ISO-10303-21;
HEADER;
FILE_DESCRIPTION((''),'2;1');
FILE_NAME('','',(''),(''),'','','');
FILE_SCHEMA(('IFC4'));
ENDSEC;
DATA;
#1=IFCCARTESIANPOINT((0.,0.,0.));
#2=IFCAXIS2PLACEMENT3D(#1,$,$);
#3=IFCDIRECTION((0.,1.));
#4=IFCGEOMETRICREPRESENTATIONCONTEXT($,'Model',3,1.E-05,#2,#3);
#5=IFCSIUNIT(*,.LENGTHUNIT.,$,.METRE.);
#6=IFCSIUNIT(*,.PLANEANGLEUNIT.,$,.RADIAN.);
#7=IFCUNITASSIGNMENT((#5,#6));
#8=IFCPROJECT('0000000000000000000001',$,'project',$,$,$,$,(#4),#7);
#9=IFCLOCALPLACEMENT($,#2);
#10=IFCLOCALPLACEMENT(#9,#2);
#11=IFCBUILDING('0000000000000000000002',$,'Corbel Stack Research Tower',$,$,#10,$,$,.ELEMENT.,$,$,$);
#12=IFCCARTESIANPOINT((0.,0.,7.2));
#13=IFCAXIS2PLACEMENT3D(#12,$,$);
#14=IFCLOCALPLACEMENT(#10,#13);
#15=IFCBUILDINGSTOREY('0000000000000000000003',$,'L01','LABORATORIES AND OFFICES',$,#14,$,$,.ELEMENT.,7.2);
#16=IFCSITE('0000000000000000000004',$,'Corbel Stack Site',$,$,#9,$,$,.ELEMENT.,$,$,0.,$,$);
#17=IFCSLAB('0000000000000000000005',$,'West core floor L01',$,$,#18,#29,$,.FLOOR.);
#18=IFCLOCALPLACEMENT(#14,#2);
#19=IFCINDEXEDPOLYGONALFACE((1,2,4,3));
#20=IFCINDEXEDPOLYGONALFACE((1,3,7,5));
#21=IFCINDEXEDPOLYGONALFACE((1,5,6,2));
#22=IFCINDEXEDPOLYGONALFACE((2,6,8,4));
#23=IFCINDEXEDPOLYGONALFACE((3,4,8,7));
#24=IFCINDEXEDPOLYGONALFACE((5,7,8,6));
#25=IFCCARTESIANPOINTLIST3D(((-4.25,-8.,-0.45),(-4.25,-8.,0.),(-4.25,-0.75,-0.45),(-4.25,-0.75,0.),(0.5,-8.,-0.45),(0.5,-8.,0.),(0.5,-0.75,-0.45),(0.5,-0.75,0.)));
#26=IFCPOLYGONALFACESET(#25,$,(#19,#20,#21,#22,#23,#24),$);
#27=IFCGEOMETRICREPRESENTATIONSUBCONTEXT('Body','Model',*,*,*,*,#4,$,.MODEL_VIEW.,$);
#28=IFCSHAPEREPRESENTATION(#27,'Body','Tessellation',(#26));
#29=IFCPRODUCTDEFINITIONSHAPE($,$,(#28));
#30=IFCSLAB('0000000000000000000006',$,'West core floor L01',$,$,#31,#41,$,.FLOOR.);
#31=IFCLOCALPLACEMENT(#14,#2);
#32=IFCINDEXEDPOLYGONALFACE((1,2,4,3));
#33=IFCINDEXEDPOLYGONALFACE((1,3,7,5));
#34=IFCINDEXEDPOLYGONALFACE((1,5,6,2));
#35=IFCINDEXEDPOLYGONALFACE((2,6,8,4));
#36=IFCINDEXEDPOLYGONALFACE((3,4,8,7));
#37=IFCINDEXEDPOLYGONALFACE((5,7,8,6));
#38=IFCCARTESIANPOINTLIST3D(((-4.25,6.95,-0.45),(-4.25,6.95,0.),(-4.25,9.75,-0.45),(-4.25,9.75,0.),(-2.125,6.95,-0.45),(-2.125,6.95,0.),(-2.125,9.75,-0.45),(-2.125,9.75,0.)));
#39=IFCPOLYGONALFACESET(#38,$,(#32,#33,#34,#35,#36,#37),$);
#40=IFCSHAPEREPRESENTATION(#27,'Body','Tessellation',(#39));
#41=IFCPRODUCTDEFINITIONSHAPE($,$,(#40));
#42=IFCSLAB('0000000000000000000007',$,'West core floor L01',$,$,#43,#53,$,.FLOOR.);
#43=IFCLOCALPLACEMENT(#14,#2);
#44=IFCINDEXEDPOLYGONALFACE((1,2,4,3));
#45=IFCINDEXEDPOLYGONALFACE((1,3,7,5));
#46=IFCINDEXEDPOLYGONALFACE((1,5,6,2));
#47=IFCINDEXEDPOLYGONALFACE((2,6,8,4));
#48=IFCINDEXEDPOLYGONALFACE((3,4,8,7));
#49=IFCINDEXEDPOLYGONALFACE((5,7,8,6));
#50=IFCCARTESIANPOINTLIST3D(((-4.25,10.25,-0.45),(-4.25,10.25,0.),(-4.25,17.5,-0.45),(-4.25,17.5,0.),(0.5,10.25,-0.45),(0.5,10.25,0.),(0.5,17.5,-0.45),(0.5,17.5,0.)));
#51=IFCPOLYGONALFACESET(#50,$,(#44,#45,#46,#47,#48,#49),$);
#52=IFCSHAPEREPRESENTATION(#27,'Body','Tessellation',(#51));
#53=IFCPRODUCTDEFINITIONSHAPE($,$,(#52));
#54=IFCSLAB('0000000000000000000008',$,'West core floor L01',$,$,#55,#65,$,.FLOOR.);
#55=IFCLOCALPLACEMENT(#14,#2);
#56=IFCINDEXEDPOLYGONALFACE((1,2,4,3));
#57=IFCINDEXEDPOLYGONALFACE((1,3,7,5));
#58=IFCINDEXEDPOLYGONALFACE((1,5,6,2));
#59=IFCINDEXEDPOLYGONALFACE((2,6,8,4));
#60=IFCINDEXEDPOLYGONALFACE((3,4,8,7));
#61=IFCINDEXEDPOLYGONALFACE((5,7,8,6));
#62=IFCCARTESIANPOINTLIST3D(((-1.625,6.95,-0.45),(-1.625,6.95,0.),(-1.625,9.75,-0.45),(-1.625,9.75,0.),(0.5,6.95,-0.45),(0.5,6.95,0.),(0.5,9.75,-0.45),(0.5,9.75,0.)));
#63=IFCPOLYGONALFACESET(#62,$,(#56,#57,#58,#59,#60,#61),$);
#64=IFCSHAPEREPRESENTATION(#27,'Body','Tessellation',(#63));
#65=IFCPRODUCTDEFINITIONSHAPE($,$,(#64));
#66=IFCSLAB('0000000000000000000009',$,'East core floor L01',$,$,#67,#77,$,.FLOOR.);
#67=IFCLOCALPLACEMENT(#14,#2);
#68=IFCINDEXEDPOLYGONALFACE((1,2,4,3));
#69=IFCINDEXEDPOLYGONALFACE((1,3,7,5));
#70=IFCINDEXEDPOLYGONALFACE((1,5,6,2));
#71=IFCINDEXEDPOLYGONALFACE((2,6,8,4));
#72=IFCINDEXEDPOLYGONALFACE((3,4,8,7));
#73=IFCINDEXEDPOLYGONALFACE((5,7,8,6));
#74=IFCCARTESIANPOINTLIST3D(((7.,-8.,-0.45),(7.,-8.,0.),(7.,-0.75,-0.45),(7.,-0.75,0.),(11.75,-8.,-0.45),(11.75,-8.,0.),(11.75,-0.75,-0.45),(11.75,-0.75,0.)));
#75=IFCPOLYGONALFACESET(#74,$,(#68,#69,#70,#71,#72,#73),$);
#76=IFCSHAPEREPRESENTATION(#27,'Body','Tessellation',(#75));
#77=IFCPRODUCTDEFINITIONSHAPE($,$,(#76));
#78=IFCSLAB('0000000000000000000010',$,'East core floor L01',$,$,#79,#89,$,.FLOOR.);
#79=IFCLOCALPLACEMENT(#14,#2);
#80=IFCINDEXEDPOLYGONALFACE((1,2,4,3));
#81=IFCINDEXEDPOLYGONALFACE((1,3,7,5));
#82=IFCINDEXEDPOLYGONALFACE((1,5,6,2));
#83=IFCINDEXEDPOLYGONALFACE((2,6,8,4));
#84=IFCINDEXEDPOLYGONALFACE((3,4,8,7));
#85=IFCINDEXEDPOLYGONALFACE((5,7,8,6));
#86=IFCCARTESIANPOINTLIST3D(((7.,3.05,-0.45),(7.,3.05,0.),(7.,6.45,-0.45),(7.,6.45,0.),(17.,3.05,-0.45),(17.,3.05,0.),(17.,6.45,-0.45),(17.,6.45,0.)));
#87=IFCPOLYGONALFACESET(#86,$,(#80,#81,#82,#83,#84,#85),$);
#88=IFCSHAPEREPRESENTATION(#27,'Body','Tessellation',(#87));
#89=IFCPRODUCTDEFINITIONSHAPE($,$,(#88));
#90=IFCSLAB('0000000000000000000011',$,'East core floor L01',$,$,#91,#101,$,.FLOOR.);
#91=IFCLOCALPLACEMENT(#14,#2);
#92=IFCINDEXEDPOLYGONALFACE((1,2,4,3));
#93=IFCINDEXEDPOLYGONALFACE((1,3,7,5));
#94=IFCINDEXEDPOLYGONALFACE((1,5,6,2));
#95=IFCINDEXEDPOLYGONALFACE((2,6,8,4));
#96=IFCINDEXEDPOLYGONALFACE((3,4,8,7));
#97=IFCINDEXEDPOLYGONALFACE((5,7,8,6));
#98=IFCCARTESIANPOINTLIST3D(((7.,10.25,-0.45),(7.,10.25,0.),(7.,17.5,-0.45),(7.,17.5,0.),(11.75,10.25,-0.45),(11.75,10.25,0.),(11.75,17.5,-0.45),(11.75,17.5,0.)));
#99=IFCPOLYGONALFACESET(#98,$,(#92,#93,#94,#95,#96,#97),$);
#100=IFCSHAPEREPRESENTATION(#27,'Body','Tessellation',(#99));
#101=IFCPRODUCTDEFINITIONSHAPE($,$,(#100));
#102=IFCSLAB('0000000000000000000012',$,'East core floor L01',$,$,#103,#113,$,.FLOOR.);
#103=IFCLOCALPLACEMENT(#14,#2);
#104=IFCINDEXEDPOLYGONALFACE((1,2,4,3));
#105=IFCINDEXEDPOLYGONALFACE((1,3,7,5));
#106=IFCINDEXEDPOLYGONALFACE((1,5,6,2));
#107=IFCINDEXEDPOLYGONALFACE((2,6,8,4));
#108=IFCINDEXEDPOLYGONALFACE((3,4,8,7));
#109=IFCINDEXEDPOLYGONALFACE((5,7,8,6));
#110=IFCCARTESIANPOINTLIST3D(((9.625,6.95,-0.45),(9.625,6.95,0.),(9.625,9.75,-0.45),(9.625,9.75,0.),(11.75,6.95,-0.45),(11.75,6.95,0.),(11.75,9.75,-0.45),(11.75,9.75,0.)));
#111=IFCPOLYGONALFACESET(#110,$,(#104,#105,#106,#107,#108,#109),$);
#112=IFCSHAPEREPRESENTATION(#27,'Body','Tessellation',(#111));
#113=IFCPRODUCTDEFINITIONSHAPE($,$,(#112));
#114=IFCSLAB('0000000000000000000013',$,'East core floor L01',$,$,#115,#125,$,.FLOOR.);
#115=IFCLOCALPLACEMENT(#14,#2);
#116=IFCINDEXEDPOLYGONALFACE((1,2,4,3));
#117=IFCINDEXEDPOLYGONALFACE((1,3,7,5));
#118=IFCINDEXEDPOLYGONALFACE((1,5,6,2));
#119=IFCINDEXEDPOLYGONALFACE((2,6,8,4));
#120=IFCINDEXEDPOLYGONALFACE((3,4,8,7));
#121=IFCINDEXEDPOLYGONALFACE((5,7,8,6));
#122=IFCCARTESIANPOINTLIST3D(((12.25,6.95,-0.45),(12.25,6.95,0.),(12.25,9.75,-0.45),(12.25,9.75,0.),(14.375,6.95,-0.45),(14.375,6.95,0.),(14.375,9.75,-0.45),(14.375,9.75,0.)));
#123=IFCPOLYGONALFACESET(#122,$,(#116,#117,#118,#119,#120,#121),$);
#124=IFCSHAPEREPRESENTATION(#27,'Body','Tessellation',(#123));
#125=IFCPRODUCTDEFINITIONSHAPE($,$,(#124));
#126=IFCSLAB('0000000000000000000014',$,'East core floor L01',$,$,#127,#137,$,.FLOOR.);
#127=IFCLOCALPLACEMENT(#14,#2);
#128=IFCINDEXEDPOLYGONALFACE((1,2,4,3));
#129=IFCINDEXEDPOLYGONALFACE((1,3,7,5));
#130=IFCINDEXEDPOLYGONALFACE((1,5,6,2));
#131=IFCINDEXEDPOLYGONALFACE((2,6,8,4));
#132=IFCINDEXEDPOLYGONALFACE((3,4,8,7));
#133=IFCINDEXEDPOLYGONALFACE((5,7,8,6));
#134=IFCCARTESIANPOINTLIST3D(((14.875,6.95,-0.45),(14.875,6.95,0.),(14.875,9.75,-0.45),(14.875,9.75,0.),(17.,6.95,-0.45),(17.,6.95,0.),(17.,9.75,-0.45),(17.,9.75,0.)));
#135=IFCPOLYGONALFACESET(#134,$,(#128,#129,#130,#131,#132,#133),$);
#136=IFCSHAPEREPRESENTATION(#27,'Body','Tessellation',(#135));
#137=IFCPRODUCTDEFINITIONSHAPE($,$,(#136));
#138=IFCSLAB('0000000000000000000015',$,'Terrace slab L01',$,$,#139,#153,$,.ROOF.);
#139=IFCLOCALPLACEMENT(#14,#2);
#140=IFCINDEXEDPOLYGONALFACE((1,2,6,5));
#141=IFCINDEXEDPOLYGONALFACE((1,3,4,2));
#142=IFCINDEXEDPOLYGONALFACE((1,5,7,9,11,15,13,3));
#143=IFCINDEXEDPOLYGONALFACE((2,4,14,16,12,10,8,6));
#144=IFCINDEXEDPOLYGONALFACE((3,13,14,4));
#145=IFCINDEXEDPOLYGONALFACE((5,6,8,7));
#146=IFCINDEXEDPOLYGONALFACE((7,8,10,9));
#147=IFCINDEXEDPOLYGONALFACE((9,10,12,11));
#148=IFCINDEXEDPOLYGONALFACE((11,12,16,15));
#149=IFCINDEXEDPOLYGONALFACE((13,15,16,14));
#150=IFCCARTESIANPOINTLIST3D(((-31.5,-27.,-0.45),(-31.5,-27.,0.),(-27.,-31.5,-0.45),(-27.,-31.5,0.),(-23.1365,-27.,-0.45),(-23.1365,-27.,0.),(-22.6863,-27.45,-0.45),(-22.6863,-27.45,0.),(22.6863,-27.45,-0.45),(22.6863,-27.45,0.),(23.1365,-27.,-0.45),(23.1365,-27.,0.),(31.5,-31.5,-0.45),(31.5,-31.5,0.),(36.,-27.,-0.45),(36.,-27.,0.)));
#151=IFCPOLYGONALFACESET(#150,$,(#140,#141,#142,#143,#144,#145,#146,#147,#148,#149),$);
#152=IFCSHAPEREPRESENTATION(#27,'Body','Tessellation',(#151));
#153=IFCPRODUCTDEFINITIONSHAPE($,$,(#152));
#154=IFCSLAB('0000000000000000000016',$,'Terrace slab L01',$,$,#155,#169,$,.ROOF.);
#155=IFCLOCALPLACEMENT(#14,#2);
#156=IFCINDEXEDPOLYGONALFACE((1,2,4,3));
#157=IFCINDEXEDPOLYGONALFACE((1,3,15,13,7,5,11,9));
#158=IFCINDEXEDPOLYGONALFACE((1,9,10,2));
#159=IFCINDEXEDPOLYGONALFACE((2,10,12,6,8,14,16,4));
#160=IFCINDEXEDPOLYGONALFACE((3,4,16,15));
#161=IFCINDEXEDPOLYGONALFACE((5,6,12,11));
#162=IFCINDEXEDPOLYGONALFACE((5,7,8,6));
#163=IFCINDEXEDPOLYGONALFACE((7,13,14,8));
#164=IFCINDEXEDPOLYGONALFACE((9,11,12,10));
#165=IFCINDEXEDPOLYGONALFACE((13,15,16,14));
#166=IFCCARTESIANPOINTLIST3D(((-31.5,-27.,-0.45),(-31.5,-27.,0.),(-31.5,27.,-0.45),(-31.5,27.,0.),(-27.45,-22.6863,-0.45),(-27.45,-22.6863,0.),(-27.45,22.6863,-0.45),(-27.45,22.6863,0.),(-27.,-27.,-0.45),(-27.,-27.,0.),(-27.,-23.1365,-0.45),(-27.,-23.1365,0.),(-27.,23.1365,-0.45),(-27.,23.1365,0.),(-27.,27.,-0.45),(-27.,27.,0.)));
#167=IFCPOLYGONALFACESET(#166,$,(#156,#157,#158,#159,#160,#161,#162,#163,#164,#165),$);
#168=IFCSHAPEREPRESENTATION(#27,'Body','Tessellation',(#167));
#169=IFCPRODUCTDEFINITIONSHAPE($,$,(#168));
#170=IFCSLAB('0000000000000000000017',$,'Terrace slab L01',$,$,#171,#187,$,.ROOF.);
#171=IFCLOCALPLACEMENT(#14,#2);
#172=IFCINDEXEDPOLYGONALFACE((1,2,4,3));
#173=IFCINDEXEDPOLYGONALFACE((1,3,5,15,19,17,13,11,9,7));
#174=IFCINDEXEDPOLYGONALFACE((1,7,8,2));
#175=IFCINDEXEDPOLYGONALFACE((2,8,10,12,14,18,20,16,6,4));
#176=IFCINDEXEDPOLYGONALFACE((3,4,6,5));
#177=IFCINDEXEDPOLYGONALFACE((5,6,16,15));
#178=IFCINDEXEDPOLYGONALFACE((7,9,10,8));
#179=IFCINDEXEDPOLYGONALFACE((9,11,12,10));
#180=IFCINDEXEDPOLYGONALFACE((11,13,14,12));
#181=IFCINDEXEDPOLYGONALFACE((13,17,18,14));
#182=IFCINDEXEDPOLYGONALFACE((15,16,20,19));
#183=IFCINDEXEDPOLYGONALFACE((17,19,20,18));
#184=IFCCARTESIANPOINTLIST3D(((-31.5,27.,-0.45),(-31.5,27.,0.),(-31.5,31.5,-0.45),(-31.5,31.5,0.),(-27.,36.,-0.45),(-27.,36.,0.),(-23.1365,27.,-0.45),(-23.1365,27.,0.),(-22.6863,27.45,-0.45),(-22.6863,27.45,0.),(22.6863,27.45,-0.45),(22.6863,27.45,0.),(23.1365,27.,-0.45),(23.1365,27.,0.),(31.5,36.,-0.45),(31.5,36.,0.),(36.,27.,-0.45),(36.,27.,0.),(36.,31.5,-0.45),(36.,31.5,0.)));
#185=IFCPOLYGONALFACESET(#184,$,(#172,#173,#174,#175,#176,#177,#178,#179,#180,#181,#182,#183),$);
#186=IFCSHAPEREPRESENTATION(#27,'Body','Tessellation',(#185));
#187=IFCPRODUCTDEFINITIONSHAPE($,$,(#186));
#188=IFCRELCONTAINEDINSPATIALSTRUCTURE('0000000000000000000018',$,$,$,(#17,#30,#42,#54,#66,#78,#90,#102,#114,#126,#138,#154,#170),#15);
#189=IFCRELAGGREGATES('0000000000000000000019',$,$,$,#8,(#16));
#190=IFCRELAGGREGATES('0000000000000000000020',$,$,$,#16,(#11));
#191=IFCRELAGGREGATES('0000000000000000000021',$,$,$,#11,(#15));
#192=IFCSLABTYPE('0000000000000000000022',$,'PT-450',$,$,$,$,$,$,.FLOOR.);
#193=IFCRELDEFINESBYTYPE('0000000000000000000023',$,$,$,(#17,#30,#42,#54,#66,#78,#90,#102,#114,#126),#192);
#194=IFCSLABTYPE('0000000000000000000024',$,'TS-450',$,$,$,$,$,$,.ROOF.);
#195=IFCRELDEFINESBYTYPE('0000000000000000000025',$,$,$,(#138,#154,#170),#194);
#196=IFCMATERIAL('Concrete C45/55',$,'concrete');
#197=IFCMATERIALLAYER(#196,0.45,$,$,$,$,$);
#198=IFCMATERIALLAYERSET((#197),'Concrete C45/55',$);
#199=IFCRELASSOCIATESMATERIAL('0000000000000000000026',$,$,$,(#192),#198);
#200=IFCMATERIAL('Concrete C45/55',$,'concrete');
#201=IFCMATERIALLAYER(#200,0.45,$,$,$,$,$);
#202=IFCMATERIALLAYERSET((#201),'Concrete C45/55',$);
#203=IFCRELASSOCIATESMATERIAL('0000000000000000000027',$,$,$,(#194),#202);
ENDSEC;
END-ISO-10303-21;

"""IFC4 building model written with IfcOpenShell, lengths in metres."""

from ifc_helpers import new_model, si_unit, direction, frame, origin, place, context, subcontext, project, spatial, polyline, outline, extrude, material, layer, layer_set, type_object, element, save


model = new_model("IFC4")

# Units and contexts
model_context = context("Model", 3, precision=1e-05, world=origin(), true_north=direction((0.0, 1.0)))
body_context = subcontext(model_context, "Body", "Model", "MODEL_VIEW")
ifc_project = project(units=[si_unit("LENGTHUNIT", "METRE"), si_unit("PLANEANGLEUNIT", "RADIAN")], contexts=[model_context])

# Site, building, storey
site_placement = place(None, origin())
site = spatial("IfcSite", under=ifc_project, at=site_placement, Name="Corbel Stack Site", CompositionType="ELEMENT", RefElevation=0.0)
building_placement = place(site_placement, origin())
building = spatial("IfcBuilding", under=site, at=building_placement, Name="Corbel Stack Research Tower", CompositionType="ELEMENT")
storey_placement = place(building_placement, frame((0.0, 0.0, 7.2)))
storey = spatial("IfcBuildingStorey", under=building, at=storey_placement, Name="L01", Description="LABORATORIES AND OFFICES", CompositionType="ELEMENT", Elevation=7.2)

# Slabs
ifc_material_1 = material(Name="Concrete C45/55", Category="concrete")
ifc_layer_1 = layer(ifc_material_1, 0.45)
ifc_layer_set_1 = layer_set([ifc_layer_1], Name="Concrete C45/55")
slab_type_1 = type_object("IfcSlabType", Name="PT-450", PredefinedType="FLOOR", material=ifc_layer_set_1)
slab_1_placement = place(storey_placement, frame((0.0, 0.0, -0.45)))
element("IfcSlab", 1, at=slab_1_placement, inside=storey, type_object=slab_type_1, Name="West core floor L01", PredefinedType="FLOOR", context=body_context, shape_type="SweptSolid", body=[
    extrude(outline(polyline([(-4.25, -0.75), (-4.25, -8.0), (0.5, -8.0), (0.5, -0.75), (-4.25, -0.75)])), origin(), (0.0, 0.0, 1.0), 0.45),
])
slab_2_placement = place(storey_placement, frame((0.0, 0.0, -0.45)))
element("IfcSlab", 2, at=slab_2_placement, inside=storey, type_object=slab_type_1, Name="West core floor L01", PredefinedType="FLOOR", context=body_context, shape_type="SweptSolid", body=[
    extrude(outline(polyline([(-2.125, 6.95), (-2.125, 9.75), (-4.25, 9.75), (-4.25, 6.95), (-2.125, 6.95)])), origin(), (0.0, 0.0, 1.0), 0.45),
])
slab_3_placement = place(storey_placement, frame((0.0, 0.0, -0.45)))
element("IfcSlab", 3, at=slab_3_placement, inside=storey, type_object=slab_type_1, Name="West core floor L01", PredefinedType="FLOOR", context=body_context, shape_type="SweptSolid", body=[
    extrude(outline(polyline([(-4.25, 17.5), (-4.25, 10.25), (0.5, 10.25), (0.5, 17.5), (-4.25, 17.5)])), origin(), (0.0, 0.0, 1.0), 0.45),
])
slab_4_placement = place(storey_placement, frame((0.0, 0.0, -0.45)))
element("IfcSlab", 4, at=slab_4_placement, inside=storey, type_object=slab_type_1, Name="West core floor L01", PredefinedType="FLOOR", context=body_context, shape_type="SweptSolid", body=[
    extrude(outline(polyline([(0.5, 6.95), (0.5, 9.75), (-1.625, 9.75), (-1.625, 6.95), (0.5, 6.95)])), origin(), (0.0, 0.0, 1.0), 0.45),
])
slab_5_placement = place(storey_placement, frame((0.0, 0.0, -0.45)))
element("IfcSlab", 5, at=slab_5_placement, inside=storey, type_object=slab_type_1, Name="East core floor L01", PredefinedType="FLOOR", context=body_context, shape_type="SweptSolid", body=[
    extrude(outline(polyline([(7.0, -0.75), (7.0, -8.0), (11.75, -8.0), (11.75, -0.75), (7.0, -0.75)])), origin(), (0.0, 0.0, 1.0), 0.45),
])
slab_6_placement = place(storey_placement, frame((0.0, 0.0, -0.45)))
element("IfcSlab", 6, at=slab_6_placement, inside=storey, type_object=slab_type_1, Name="East core floor L01", PredefinedType="FLOOR", context=body_context, shape_type="SweptSolid", body=[
    extrude(outline(polyline([(7.0, 6.45), (7.0, 3.05), (17.0, 3.05), (17.0, 6.45), (7.0, 6.45)])), origin(), (0.0, 0.0, 1.0), 0.45),
])
slab_7_placement = place(storey_placement, frame((0.0, 0.0, -0.45)))
element("IfcSlab", 7, at=slab_7_placement, inside=storey, type_object=slab_type_1, Name="East core floor L01", PredefinedType="FLOOR", context=body_context, shape_type="SweptSolid", body=[
    extrude(outline(polyline([(7.0, 17.5), (7.0, 10.25), (11.75, 10.25), (11.75, 17.5), (7.0, 17.5)])), origin(), (0.0, 0.0, 1.0), 0.45),
])
slab_8_placement = place(storey_placement, frame((0.0, 0.0, -0.45)))
element("IfcSlab", 8, at=slab_8_placement, inside=storey, type_object=slab_type_1, Name="East core floor L01", PredefinedType="FLOOR", context=body_context, shape_type="SweptSolid", body=[
    extrude(outline(polyline([(9.625, 6.95), (11.75, 6.95), (11.75, 9.75), (9.625, 9.75), (9.625, 6.95)])), origin(), (0.0, 0.0, 1.0), 0.45),
])
slab_9_placement = place(storey_placement, frame((0.0, 0.0, -0.45)))
element("IfcSlab", 9, at=slab_9_placement, inside=storey, type_object=slab_type_1, Name="East core floor L01", PredefinedType="FLOOR", context=body_context, shape_type="SweptSolid", body=[
    extrude(outline(polyline([(14.375, 6.95), (14.375, 9.75), (12.25, 9.75), (12.25, 6.95), (14.375, 6.95)])), origin(), (0.0, 0.0, 1.0), 0.45),
])
slab_10_placement = place(storey_placement, frame((0.0, 0.0, -0.45)))
element("IfcSlab", 10, at=slab_10_placement, inside=storey, type_object=slab_type_1, Name="East core floor L01", PredefinedType="FLOOR", context=body_context, shape_type="SweptSolid", body=[
    extrude(outline(polyline([(17.0, 6.95), (17.0, 9.75), (14.875, 9.75), (14.875, 6.95), (17.0, 6.95)])), origin(), (0.0, 0.0, 1.0), 0.45),
])
ifc_material_2 = material(Name="Concrete C45/55", Category="concrete")
ifc_layer_2 = layer(ifc_material_2, 0.45)
ifc_layer_set_2 = layer_set([ifc_layer_2], Name="Concrete C45/55")
slab_type_2 = type_object("IfcSlabType", Name="TS-450", PredefinedType="ROOF", material=ifc_layer_set_2)
slab_11_placement = place(storey_placement, frame((0.0, 0.0, -0.45)))
element("IfcSlab", 11, at=slab_11_placement, inside=storey, type_object=slab_type_2, Name="Terrace slab L01", PredefinedType="ROOF", context=body_context, shape_type="SweptSolid", body=[
    extrude(outline(polyline([(23.1365, -27.0), (22.6863, -27.45), (-22.6863, -27.45), (-23.1365, -27.0), (-31.5, -27.0), (-27.0, -31.5), (31.5, -31.5), (36.0, -27.0), (23.1365, -27.0)])), origin(), (0.0, 0.0, 1.0), 0.45),
])
slab_12_placement = place(storey_placement, frame((0.0, 0.0, -0.45)))
element("IfcSlab", 12, at=slab_12_placement, inside=storey, type_object=slab_type_2, Name="Terrace slab L01", PredefinedType="ROOF", context=body_context, shape_type="SweptSolid", body=[
    extrude(outline(polyline([(-27.0, -23.1365), (-27.45, -22.6863), (-27.45, 22.6863), (-27.0, 23.1365), (-27.0, 27.0), (-31.5, 27.0), (-31.5, -27.0), (-27.0, -27.0), (-27.0, -23.1365)])), origin(), (0.0, 0.0, 1.0), 0.45),
])
slab_13_placement = place(storey_placement, frame((0.0, 0.0, -0.45)))
element("IfcSlab", 13, at=slab_13_placement, inside=storey, type_object=slab_type_2, Name="Terrace slab L01", PredefinedType="ROOF", context=body_context, shape_type="SweptSolid", body=[
    extrude(outline(polyline([(-23.1365, 27.0), (-22.6863, 27.45), (22.6863, 27.45), (23.1365, 27.0), (36.0, 27.0), (36.0, 31.5), (31.5, 36.0), (-27.0, 36.0), (-31.5, 31.5), (-31.5, 27.0), (-23.1365, 27.0)])), origin(), (0.0, 0.0, 1.0), 0.45),
])

save(model, "model.ifc")
